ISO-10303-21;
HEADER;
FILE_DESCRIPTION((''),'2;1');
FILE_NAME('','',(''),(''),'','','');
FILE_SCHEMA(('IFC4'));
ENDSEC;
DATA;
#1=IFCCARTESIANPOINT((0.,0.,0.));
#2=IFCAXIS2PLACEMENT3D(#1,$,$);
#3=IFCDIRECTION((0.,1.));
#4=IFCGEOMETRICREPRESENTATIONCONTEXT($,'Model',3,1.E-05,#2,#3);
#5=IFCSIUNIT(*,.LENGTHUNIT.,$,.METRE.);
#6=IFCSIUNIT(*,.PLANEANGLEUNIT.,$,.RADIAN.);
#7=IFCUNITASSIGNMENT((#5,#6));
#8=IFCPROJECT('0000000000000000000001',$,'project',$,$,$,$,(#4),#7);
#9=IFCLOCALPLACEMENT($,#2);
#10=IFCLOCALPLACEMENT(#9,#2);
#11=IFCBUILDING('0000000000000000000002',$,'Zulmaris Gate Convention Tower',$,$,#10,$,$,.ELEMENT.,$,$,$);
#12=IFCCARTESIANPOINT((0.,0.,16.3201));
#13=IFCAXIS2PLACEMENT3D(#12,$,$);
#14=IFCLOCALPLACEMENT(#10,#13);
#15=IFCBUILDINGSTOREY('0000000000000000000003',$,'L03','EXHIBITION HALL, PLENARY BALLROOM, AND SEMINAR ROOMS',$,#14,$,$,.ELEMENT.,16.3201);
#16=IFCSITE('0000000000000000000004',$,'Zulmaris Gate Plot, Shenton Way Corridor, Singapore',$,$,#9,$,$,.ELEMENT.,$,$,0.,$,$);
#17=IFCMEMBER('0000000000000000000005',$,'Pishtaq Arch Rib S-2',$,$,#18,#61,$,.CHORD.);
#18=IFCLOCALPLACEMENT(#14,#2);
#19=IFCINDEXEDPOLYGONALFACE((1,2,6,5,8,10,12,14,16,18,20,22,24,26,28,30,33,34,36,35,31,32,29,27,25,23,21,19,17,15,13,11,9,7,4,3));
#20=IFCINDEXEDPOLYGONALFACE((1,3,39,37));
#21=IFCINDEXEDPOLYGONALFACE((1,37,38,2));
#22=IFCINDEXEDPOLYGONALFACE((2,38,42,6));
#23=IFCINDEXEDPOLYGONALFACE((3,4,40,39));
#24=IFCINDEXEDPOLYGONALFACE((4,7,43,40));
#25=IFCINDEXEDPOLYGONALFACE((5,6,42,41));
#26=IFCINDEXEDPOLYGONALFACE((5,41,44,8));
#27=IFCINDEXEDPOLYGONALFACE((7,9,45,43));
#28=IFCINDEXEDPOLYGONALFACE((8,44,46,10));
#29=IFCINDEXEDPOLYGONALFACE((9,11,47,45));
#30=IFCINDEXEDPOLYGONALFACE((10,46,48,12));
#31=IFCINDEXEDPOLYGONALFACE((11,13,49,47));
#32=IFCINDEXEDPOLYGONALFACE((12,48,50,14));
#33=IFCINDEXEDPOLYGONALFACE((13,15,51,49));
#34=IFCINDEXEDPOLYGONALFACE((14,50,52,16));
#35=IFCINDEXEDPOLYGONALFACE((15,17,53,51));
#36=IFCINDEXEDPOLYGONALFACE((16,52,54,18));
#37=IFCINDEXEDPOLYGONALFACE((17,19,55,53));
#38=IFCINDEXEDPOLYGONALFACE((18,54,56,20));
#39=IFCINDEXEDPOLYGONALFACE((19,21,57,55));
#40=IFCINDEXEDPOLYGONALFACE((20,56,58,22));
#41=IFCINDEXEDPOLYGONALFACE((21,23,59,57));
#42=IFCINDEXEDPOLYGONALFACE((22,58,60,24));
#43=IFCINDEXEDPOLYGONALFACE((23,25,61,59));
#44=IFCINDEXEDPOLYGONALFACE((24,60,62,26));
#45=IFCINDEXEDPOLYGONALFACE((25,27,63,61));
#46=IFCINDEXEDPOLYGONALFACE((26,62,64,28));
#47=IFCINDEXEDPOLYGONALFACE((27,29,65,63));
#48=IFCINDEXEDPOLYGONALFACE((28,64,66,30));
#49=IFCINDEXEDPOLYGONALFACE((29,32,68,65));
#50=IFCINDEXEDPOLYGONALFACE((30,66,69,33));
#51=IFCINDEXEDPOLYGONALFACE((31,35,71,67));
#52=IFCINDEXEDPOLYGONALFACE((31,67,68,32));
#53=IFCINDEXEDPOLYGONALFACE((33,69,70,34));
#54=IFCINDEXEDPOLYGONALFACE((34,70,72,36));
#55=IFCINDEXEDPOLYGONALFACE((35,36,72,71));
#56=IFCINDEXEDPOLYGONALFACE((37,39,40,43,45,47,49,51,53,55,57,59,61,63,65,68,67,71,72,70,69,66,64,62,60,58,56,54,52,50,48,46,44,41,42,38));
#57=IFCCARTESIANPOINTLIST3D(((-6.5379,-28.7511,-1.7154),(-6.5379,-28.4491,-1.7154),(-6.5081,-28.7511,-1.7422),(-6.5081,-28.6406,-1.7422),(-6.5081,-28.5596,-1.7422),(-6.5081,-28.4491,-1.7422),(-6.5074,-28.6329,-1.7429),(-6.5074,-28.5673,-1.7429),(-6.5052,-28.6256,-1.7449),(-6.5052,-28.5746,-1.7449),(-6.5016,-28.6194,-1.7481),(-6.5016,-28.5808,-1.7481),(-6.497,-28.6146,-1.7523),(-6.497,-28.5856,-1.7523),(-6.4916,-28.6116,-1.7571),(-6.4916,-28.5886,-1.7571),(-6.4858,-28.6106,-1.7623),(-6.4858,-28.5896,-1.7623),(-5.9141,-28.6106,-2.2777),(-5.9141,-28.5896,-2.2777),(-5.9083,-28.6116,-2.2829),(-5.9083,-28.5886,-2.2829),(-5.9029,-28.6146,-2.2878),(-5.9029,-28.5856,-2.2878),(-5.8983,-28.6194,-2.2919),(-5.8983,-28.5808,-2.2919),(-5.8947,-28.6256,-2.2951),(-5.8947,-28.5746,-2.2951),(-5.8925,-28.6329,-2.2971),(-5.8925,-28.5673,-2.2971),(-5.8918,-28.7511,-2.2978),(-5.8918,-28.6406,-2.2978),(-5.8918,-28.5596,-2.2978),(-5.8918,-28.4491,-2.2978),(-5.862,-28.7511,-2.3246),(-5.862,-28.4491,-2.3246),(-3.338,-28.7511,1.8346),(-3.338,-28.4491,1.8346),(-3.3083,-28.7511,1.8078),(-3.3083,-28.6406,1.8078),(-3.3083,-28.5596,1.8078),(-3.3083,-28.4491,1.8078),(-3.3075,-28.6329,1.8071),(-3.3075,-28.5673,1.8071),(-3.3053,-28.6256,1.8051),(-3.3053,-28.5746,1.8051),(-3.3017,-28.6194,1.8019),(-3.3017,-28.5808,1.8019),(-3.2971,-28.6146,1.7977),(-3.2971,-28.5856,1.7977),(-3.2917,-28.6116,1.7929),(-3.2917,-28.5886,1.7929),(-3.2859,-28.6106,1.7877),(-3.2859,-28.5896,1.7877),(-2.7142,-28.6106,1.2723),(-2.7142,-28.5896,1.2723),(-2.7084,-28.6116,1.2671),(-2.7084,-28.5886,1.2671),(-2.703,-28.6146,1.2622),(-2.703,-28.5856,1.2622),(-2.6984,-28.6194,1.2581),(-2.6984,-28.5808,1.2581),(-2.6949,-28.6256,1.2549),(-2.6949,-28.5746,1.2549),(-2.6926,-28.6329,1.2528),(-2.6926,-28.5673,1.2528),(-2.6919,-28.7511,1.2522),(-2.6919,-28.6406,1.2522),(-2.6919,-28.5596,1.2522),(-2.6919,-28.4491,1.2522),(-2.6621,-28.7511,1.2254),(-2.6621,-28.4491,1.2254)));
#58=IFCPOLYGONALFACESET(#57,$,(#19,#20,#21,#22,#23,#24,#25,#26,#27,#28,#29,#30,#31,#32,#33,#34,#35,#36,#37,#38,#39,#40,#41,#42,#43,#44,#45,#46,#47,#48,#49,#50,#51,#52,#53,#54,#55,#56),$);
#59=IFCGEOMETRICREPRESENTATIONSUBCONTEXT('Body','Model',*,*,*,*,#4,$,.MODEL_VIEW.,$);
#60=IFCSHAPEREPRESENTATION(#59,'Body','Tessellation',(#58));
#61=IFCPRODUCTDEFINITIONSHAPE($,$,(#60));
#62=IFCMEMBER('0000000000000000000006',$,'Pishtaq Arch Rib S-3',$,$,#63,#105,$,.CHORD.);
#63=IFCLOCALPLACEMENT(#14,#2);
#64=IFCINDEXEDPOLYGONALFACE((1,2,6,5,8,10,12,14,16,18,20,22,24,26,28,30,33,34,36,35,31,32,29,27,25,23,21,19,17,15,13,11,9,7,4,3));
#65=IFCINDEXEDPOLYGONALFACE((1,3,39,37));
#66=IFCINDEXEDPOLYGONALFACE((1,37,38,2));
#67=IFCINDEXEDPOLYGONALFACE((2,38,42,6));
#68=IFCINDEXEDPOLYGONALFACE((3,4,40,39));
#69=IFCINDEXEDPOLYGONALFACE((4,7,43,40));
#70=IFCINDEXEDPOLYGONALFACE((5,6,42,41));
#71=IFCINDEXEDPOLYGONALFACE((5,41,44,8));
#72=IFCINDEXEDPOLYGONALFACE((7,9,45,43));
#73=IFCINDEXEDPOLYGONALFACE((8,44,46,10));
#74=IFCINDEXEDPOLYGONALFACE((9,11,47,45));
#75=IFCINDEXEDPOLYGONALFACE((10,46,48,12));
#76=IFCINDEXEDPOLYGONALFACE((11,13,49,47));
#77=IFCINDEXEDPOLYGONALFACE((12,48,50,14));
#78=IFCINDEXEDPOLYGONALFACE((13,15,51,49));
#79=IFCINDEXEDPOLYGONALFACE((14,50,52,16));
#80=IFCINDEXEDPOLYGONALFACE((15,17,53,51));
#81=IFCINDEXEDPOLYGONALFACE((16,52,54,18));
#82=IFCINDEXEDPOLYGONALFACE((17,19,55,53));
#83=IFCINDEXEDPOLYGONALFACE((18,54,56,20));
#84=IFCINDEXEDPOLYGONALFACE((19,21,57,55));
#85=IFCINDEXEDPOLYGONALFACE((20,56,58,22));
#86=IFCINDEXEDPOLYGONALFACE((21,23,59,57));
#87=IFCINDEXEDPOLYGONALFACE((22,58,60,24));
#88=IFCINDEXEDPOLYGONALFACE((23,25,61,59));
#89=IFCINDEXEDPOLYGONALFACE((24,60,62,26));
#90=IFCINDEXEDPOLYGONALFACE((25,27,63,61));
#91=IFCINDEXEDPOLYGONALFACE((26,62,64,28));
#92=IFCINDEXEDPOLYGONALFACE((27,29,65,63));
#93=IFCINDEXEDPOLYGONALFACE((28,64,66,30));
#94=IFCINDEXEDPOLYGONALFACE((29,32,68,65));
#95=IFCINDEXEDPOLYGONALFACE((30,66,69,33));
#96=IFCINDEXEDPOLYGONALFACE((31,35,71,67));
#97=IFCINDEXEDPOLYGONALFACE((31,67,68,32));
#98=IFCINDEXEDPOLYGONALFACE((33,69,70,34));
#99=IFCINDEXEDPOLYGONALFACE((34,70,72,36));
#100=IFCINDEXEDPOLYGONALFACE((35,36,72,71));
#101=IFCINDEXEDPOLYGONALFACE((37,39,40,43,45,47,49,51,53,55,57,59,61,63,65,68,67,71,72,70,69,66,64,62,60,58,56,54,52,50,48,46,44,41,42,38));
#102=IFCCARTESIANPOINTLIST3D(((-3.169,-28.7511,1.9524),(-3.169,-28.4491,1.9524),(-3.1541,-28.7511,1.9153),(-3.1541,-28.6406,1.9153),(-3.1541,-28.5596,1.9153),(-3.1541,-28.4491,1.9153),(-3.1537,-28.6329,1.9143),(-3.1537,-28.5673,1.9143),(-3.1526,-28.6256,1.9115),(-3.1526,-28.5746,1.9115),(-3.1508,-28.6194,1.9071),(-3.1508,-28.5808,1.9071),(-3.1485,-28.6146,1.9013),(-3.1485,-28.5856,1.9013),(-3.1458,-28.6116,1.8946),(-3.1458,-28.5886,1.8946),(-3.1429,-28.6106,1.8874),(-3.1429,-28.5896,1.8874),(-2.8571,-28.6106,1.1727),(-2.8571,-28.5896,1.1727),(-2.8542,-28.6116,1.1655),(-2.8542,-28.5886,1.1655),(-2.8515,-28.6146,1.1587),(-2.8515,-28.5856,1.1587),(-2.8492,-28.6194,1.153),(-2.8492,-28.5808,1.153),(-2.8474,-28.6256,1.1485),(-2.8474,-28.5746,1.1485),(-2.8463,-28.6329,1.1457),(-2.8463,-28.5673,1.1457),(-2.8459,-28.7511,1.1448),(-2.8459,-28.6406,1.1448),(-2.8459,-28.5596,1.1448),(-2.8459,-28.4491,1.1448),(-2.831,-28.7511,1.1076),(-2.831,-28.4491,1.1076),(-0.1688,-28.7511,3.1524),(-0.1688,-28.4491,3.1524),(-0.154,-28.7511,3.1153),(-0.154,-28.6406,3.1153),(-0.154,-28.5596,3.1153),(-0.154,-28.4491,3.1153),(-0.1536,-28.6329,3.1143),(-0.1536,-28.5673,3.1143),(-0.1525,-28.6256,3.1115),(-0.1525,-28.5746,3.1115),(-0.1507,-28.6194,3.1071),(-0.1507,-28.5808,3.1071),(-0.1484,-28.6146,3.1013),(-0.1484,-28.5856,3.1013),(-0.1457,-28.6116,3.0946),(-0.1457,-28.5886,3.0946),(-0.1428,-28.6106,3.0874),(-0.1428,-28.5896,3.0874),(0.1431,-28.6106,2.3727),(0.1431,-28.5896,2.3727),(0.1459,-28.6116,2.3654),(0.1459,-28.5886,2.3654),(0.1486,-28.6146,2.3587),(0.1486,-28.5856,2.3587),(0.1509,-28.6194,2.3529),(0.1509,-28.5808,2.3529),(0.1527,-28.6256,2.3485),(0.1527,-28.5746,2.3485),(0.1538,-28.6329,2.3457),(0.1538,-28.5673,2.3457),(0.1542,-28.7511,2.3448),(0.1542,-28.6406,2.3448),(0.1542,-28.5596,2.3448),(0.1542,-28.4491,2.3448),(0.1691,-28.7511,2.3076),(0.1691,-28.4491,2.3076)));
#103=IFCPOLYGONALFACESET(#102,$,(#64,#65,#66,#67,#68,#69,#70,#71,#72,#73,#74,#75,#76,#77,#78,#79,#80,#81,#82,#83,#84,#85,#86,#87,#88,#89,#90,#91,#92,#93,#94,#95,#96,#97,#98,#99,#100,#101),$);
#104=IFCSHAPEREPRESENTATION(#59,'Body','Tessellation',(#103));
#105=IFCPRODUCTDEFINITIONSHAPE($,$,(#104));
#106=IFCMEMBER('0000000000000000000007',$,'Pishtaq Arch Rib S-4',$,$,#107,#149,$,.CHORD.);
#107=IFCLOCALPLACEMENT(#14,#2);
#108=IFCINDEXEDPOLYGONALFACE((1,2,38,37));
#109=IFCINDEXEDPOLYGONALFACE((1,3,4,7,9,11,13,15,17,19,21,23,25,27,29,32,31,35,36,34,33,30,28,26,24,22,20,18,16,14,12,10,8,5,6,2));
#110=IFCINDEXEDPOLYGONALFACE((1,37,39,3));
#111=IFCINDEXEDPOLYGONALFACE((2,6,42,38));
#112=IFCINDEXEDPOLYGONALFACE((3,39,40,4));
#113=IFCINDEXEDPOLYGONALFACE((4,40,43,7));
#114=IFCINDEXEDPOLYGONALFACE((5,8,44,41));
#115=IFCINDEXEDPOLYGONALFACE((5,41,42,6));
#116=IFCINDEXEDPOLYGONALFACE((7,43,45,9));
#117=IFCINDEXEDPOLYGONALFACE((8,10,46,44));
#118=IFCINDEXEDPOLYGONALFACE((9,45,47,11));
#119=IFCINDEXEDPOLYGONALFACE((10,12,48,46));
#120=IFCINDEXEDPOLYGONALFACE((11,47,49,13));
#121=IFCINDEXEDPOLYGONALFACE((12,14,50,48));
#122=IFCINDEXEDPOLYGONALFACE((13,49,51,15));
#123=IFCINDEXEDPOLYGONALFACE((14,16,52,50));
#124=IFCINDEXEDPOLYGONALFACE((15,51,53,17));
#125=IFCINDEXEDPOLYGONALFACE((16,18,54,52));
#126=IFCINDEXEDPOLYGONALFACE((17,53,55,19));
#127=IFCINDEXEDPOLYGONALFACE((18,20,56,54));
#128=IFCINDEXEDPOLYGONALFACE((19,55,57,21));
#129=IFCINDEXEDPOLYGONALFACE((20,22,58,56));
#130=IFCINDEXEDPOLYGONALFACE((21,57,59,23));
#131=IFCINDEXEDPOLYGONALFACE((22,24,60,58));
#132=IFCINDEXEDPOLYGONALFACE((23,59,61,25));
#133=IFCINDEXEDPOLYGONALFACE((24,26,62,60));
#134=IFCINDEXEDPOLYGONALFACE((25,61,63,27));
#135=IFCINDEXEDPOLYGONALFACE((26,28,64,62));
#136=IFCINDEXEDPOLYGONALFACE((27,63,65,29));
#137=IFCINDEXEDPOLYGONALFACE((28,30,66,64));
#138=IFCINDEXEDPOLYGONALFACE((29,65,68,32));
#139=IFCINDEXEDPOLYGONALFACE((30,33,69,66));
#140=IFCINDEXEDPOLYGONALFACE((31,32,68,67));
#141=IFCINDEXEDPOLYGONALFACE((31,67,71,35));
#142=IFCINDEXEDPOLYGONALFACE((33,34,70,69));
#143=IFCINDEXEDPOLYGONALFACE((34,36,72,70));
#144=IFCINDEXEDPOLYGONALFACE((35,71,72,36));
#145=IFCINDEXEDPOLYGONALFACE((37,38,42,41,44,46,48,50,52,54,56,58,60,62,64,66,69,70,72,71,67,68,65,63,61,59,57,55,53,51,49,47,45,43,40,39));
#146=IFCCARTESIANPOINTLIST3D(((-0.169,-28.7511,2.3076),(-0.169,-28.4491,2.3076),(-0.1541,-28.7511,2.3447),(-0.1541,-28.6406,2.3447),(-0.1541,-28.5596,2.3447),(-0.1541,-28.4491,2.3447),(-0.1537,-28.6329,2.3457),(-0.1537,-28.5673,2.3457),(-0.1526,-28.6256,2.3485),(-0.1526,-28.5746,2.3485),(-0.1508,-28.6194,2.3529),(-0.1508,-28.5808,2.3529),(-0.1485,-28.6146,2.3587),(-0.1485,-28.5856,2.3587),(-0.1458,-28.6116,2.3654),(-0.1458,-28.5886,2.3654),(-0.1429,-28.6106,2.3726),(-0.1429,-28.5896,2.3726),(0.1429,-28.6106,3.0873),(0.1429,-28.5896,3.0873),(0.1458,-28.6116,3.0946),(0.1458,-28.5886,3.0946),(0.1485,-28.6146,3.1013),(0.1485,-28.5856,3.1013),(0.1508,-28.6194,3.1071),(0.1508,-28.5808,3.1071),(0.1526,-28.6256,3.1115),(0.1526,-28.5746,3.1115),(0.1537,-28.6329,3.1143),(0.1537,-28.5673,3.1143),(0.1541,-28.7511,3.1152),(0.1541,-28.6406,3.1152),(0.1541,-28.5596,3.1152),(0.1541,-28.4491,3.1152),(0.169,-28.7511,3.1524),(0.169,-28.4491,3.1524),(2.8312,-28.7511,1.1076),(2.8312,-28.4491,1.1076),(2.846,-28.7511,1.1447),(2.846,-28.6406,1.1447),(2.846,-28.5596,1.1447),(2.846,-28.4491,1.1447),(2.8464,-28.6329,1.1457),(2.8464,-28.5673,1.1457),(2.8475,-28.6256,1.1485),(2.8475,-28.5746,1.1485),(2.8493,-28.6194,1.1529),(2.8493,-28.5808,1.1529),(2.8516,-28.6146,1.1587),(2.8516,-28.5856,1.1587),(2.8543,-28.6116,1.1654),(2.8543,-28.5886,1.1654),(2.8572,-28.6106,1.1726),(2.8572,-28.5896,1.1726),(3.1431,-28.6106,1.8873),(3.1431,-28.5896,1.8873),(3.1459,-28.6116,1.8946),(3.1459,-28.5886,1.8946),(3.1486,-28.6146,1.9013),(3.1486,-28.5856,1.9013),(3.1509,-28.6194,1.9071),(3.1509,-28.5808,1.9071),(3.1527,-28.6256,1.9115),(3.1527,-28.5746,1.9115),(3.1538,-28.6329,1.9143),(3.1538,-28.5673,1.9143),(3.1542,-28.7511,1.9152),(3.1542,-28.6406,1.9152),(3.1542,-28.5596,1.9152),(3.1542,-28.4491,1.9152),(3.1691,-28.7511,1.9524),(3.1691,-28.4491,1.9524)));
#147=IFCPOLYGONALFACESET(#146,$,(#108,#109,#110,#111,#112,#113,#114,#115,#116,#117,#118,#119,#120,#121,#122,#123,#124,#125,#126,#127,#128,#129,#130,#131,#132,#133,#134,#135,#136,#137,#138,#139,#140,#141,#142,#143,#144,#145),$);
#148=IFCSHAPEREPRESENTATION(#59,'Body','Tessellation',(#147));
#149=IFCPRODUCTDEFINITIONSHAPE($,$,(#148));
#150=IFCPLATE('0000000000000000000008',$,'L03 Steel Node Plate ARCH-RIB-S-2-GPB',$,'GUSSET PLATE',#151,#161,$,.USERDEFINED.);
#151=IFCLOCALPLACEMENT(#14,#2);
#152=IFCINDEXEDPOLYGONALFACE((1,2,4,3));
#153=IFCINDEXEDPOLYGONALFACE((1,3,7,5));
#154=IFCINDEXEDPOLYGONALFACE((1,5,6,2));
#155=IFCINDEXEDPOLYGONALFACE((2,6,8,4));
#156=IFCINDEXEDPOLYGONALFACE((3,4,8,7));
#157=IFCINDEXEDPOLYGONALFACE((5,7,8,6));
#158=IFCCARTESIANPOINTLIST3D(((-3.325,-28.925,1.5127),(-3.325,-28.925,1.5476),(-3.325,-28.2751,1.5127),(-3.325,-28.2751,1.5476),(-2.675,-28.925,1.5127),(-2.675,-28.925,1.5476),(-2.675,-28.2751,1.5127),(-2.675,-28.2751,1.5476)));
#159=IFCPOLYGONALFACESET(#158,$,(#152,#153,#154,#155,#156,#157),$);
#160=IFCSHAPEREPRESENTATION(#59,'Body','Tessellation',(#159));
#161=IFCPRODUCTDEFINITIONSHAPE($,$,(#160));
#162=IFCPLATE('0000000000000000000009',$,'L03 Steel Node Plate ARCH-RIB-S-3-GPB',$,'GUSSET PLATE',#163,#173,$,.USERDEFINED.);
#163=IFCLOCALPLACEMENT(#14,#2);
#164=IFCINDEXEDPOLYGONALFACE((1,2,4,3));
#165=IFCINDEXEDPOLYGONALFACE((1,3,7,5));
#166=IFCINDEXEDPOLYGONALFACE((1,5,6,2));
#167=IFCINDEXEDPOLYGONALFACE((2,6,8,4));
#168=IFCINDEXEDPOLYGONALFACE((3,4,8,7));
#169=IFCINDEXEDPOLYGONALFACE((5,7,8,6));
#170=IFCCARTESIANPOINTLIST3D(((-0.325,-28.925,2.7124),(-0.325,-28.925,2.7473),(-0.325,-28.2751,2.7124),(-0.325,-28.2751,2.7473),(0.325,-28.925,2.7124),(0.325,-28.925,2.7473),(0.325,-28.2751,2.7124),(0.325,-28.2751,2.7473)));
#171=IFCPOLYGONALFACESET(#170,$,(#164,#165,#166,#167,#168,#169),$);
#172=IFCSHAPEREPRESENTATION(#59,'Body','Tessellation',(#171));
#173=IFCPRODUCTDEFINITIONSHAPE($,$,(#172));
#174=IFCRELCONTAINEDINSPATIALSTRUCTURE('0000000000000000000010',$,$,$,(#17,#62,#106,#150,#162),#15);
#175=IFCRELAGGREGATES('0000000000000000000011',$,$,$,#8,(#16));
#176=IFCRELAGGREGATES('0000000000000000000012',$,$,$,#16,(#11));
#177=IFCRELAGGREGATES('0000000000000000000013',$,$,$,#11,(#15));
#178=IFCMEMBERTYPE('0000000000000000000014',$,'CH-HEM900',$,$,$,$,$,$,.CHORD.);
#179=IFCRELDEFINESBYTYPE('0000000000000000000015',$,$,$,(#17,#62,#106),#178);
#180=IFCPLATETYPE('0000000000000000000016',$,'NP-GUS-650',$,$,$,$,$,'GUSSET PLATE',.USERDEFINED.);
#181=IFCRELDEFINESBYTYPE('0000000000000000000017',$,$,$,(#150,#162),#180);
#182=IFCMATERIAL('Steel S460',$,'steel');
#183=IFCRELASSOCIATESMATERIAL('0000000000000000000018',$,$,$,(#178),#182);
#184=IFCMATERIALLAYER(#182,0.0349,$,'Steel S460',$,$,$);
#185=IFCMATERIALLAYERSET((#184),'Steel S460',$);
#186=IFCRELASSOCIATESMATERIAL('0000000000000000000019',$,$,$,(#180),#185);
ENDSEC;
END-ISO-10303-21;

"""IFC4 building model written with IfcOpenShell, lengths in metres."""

from ifc_helpers import new_model, si_unit, direction, frame, origin, origin_2d, place, context, subcontext, project, spatial, rectangle, i_section, extrude, material, layer, layer_set, material_profile, profile_set, type_object, element, save


model = new_model("IFC4")

# Units and contexts
model_context = context("Model", 3, precision=1e-05, world=origin(), true_north=direction((0.0, 1.0)))
body_context = subcontext(model_context, "Body", "Model", "MODEL_VIEW")
ifc_project = project(units=[si_unit("LENGTHUNIT", "METRE"), si_unit("PLANEANGLEUNIT", "RADIAN")], contexts=[model_context])

# Site, building, storey
site_placement = place(None, origin())
site = spatial("IfcSite", under=ifc_project, at=site_placement, Name="Zulmaris Gate Plot, Shenton Way Corridor, Singapore", CompositionType="ELEMENT", RefElevation=0.0)
building_placement = place(site_placement, origin())
building = spatial("IfcBuilding", under=site, at=building_placement, Name="Zulmaris Gate Convention Tower", CompositionType="ELEMENT")
storey_placement = place(building_placement, frame((0.0, 0.0, 16.3201)))
storey = spatial("IfcBuildingStorey", under=building, at=storey_placement, Name="L03", Description="EXHIBITION HALL, PLENARY BALLROOM, AND SEMINAR ROOMS", CompositionType="ELEMENT", Elevation=16.3201)

# Members
ifc_material_1 = material(Name="Steel S460", Category="steel")
ifc_material_profile_1 = material_profile(ifc_material_1, i_section(OverallWidth=0.302, OverallDepth=0.9099, WebThickness=0.021, FlangeThickness=0.04, FilletRadius=0.03, at=origin_2d()), Name="HEM 900")
ifc_profile_set_1 = profile_set([ifc_material_profile_1], Name="Steel S460")
member_type = type_object("IfcMemberType", Name="CH-HEM900", PredefinedType="CHORD", material=ifc_profile_set_1)
member_placement = place(storey_placement, frame((-6.2, -28.6001, -2.02), z_axis=(0.669532, 0.0, 0.742783), x_axis=(0.0, 1.0, 0.0)))
element("IfcMember", 1, at=member_placement, inside=storey, type_object=member_type, Name="Pishtaq Arch Rib S-2", PredefinedType="CHORD", context=body_context, shape_type="SweptSolid", body=[
    extrude(i_section(OverallWidth=0.302, OverallDepth=0.9099, WebThickness=0.021, FlangeThickness=0.04, FilletRadius=0.03, at=origin_2d()), origin(), (0.0, 0.0, 1.0), 4.7793),
])
for number, where, z_axis, x_axis, name in (
    (2, (-3.0, -28.6001, 1.53), (0.928482, 0.0, 0.371378), (0.0, 1.0, 0.0), "Pishtaq Arch Rib S-3"),
    (3, (0.0, -28.6001, 2.73), (0.928482, 0.0, -0.371378), (0.0, 1.0, 0.0), "Pishtaq Arch Rib S-4"),
):
    element("IfcMember", number, at=place(storey_placement, frame(where, z_axis=z_axis, x_axis=x_axis)), inside=storey, type_object=member_type, Name=name, PredefinedType="CHORD", context=body_context, shape_type="SweptSolid", body=[
        extrude(i_section(OverallWidth=0.302, OverallDepth=0.9099, WebThickness=0.021, FlangeThickness=0.04, FilletRadius=0.03, at=origin_2d()), origin(), (0.0, 0.0, 1.0), 3.2312),
    ])

# Plates
ifc_layer_1 = layer(ifc_material_1, 0.0349, Name="Steel S460")
ifc_layer_set_1 = layer_set([ifc_layer_1], Name="Steel S460")
plate_type = type_object("IfcPlateType", Name="NP-GUS-650", ElementType="GUSSET PLATE", PredefinedType="USERDEFINED", material=ifc_layer_set_1)
for number, where, z_axis, x_axis, name in (
    (4, (-3.0, -28.6001, 1.5127), (0.0, 0.0, 1.0), (1.0, 0.0, 0.0), "L03 Steel Node Plate ARCH-RIB-S-2-GPB"),
    (5, (0.0, -28.6001, 2.7124), (0.0, 0.0, 1.0), (1.0, 0.0, 0.0), "L03 Steel Node Plate ARCH-RIB-S-3-GPB"),
):
    element("IfcPlate", number, at=place(storey_placement, frame(where, z_axis=z_axis, x_axis=x_axis)), inside=storey, type_object=plate_type, Name=name, ObjectType="GUSSET PLATE", PredefinedType="USERDEFINED", context=body_context, shape_type="SweptSolid", body=[
        extrude(rectangle(XDim=0.6499, YDim=0.6499, at=origin_2d()), origin(), (0.0, 0.0, 1.0), 0.0349),
    ])

save(model, "model.ifc")
